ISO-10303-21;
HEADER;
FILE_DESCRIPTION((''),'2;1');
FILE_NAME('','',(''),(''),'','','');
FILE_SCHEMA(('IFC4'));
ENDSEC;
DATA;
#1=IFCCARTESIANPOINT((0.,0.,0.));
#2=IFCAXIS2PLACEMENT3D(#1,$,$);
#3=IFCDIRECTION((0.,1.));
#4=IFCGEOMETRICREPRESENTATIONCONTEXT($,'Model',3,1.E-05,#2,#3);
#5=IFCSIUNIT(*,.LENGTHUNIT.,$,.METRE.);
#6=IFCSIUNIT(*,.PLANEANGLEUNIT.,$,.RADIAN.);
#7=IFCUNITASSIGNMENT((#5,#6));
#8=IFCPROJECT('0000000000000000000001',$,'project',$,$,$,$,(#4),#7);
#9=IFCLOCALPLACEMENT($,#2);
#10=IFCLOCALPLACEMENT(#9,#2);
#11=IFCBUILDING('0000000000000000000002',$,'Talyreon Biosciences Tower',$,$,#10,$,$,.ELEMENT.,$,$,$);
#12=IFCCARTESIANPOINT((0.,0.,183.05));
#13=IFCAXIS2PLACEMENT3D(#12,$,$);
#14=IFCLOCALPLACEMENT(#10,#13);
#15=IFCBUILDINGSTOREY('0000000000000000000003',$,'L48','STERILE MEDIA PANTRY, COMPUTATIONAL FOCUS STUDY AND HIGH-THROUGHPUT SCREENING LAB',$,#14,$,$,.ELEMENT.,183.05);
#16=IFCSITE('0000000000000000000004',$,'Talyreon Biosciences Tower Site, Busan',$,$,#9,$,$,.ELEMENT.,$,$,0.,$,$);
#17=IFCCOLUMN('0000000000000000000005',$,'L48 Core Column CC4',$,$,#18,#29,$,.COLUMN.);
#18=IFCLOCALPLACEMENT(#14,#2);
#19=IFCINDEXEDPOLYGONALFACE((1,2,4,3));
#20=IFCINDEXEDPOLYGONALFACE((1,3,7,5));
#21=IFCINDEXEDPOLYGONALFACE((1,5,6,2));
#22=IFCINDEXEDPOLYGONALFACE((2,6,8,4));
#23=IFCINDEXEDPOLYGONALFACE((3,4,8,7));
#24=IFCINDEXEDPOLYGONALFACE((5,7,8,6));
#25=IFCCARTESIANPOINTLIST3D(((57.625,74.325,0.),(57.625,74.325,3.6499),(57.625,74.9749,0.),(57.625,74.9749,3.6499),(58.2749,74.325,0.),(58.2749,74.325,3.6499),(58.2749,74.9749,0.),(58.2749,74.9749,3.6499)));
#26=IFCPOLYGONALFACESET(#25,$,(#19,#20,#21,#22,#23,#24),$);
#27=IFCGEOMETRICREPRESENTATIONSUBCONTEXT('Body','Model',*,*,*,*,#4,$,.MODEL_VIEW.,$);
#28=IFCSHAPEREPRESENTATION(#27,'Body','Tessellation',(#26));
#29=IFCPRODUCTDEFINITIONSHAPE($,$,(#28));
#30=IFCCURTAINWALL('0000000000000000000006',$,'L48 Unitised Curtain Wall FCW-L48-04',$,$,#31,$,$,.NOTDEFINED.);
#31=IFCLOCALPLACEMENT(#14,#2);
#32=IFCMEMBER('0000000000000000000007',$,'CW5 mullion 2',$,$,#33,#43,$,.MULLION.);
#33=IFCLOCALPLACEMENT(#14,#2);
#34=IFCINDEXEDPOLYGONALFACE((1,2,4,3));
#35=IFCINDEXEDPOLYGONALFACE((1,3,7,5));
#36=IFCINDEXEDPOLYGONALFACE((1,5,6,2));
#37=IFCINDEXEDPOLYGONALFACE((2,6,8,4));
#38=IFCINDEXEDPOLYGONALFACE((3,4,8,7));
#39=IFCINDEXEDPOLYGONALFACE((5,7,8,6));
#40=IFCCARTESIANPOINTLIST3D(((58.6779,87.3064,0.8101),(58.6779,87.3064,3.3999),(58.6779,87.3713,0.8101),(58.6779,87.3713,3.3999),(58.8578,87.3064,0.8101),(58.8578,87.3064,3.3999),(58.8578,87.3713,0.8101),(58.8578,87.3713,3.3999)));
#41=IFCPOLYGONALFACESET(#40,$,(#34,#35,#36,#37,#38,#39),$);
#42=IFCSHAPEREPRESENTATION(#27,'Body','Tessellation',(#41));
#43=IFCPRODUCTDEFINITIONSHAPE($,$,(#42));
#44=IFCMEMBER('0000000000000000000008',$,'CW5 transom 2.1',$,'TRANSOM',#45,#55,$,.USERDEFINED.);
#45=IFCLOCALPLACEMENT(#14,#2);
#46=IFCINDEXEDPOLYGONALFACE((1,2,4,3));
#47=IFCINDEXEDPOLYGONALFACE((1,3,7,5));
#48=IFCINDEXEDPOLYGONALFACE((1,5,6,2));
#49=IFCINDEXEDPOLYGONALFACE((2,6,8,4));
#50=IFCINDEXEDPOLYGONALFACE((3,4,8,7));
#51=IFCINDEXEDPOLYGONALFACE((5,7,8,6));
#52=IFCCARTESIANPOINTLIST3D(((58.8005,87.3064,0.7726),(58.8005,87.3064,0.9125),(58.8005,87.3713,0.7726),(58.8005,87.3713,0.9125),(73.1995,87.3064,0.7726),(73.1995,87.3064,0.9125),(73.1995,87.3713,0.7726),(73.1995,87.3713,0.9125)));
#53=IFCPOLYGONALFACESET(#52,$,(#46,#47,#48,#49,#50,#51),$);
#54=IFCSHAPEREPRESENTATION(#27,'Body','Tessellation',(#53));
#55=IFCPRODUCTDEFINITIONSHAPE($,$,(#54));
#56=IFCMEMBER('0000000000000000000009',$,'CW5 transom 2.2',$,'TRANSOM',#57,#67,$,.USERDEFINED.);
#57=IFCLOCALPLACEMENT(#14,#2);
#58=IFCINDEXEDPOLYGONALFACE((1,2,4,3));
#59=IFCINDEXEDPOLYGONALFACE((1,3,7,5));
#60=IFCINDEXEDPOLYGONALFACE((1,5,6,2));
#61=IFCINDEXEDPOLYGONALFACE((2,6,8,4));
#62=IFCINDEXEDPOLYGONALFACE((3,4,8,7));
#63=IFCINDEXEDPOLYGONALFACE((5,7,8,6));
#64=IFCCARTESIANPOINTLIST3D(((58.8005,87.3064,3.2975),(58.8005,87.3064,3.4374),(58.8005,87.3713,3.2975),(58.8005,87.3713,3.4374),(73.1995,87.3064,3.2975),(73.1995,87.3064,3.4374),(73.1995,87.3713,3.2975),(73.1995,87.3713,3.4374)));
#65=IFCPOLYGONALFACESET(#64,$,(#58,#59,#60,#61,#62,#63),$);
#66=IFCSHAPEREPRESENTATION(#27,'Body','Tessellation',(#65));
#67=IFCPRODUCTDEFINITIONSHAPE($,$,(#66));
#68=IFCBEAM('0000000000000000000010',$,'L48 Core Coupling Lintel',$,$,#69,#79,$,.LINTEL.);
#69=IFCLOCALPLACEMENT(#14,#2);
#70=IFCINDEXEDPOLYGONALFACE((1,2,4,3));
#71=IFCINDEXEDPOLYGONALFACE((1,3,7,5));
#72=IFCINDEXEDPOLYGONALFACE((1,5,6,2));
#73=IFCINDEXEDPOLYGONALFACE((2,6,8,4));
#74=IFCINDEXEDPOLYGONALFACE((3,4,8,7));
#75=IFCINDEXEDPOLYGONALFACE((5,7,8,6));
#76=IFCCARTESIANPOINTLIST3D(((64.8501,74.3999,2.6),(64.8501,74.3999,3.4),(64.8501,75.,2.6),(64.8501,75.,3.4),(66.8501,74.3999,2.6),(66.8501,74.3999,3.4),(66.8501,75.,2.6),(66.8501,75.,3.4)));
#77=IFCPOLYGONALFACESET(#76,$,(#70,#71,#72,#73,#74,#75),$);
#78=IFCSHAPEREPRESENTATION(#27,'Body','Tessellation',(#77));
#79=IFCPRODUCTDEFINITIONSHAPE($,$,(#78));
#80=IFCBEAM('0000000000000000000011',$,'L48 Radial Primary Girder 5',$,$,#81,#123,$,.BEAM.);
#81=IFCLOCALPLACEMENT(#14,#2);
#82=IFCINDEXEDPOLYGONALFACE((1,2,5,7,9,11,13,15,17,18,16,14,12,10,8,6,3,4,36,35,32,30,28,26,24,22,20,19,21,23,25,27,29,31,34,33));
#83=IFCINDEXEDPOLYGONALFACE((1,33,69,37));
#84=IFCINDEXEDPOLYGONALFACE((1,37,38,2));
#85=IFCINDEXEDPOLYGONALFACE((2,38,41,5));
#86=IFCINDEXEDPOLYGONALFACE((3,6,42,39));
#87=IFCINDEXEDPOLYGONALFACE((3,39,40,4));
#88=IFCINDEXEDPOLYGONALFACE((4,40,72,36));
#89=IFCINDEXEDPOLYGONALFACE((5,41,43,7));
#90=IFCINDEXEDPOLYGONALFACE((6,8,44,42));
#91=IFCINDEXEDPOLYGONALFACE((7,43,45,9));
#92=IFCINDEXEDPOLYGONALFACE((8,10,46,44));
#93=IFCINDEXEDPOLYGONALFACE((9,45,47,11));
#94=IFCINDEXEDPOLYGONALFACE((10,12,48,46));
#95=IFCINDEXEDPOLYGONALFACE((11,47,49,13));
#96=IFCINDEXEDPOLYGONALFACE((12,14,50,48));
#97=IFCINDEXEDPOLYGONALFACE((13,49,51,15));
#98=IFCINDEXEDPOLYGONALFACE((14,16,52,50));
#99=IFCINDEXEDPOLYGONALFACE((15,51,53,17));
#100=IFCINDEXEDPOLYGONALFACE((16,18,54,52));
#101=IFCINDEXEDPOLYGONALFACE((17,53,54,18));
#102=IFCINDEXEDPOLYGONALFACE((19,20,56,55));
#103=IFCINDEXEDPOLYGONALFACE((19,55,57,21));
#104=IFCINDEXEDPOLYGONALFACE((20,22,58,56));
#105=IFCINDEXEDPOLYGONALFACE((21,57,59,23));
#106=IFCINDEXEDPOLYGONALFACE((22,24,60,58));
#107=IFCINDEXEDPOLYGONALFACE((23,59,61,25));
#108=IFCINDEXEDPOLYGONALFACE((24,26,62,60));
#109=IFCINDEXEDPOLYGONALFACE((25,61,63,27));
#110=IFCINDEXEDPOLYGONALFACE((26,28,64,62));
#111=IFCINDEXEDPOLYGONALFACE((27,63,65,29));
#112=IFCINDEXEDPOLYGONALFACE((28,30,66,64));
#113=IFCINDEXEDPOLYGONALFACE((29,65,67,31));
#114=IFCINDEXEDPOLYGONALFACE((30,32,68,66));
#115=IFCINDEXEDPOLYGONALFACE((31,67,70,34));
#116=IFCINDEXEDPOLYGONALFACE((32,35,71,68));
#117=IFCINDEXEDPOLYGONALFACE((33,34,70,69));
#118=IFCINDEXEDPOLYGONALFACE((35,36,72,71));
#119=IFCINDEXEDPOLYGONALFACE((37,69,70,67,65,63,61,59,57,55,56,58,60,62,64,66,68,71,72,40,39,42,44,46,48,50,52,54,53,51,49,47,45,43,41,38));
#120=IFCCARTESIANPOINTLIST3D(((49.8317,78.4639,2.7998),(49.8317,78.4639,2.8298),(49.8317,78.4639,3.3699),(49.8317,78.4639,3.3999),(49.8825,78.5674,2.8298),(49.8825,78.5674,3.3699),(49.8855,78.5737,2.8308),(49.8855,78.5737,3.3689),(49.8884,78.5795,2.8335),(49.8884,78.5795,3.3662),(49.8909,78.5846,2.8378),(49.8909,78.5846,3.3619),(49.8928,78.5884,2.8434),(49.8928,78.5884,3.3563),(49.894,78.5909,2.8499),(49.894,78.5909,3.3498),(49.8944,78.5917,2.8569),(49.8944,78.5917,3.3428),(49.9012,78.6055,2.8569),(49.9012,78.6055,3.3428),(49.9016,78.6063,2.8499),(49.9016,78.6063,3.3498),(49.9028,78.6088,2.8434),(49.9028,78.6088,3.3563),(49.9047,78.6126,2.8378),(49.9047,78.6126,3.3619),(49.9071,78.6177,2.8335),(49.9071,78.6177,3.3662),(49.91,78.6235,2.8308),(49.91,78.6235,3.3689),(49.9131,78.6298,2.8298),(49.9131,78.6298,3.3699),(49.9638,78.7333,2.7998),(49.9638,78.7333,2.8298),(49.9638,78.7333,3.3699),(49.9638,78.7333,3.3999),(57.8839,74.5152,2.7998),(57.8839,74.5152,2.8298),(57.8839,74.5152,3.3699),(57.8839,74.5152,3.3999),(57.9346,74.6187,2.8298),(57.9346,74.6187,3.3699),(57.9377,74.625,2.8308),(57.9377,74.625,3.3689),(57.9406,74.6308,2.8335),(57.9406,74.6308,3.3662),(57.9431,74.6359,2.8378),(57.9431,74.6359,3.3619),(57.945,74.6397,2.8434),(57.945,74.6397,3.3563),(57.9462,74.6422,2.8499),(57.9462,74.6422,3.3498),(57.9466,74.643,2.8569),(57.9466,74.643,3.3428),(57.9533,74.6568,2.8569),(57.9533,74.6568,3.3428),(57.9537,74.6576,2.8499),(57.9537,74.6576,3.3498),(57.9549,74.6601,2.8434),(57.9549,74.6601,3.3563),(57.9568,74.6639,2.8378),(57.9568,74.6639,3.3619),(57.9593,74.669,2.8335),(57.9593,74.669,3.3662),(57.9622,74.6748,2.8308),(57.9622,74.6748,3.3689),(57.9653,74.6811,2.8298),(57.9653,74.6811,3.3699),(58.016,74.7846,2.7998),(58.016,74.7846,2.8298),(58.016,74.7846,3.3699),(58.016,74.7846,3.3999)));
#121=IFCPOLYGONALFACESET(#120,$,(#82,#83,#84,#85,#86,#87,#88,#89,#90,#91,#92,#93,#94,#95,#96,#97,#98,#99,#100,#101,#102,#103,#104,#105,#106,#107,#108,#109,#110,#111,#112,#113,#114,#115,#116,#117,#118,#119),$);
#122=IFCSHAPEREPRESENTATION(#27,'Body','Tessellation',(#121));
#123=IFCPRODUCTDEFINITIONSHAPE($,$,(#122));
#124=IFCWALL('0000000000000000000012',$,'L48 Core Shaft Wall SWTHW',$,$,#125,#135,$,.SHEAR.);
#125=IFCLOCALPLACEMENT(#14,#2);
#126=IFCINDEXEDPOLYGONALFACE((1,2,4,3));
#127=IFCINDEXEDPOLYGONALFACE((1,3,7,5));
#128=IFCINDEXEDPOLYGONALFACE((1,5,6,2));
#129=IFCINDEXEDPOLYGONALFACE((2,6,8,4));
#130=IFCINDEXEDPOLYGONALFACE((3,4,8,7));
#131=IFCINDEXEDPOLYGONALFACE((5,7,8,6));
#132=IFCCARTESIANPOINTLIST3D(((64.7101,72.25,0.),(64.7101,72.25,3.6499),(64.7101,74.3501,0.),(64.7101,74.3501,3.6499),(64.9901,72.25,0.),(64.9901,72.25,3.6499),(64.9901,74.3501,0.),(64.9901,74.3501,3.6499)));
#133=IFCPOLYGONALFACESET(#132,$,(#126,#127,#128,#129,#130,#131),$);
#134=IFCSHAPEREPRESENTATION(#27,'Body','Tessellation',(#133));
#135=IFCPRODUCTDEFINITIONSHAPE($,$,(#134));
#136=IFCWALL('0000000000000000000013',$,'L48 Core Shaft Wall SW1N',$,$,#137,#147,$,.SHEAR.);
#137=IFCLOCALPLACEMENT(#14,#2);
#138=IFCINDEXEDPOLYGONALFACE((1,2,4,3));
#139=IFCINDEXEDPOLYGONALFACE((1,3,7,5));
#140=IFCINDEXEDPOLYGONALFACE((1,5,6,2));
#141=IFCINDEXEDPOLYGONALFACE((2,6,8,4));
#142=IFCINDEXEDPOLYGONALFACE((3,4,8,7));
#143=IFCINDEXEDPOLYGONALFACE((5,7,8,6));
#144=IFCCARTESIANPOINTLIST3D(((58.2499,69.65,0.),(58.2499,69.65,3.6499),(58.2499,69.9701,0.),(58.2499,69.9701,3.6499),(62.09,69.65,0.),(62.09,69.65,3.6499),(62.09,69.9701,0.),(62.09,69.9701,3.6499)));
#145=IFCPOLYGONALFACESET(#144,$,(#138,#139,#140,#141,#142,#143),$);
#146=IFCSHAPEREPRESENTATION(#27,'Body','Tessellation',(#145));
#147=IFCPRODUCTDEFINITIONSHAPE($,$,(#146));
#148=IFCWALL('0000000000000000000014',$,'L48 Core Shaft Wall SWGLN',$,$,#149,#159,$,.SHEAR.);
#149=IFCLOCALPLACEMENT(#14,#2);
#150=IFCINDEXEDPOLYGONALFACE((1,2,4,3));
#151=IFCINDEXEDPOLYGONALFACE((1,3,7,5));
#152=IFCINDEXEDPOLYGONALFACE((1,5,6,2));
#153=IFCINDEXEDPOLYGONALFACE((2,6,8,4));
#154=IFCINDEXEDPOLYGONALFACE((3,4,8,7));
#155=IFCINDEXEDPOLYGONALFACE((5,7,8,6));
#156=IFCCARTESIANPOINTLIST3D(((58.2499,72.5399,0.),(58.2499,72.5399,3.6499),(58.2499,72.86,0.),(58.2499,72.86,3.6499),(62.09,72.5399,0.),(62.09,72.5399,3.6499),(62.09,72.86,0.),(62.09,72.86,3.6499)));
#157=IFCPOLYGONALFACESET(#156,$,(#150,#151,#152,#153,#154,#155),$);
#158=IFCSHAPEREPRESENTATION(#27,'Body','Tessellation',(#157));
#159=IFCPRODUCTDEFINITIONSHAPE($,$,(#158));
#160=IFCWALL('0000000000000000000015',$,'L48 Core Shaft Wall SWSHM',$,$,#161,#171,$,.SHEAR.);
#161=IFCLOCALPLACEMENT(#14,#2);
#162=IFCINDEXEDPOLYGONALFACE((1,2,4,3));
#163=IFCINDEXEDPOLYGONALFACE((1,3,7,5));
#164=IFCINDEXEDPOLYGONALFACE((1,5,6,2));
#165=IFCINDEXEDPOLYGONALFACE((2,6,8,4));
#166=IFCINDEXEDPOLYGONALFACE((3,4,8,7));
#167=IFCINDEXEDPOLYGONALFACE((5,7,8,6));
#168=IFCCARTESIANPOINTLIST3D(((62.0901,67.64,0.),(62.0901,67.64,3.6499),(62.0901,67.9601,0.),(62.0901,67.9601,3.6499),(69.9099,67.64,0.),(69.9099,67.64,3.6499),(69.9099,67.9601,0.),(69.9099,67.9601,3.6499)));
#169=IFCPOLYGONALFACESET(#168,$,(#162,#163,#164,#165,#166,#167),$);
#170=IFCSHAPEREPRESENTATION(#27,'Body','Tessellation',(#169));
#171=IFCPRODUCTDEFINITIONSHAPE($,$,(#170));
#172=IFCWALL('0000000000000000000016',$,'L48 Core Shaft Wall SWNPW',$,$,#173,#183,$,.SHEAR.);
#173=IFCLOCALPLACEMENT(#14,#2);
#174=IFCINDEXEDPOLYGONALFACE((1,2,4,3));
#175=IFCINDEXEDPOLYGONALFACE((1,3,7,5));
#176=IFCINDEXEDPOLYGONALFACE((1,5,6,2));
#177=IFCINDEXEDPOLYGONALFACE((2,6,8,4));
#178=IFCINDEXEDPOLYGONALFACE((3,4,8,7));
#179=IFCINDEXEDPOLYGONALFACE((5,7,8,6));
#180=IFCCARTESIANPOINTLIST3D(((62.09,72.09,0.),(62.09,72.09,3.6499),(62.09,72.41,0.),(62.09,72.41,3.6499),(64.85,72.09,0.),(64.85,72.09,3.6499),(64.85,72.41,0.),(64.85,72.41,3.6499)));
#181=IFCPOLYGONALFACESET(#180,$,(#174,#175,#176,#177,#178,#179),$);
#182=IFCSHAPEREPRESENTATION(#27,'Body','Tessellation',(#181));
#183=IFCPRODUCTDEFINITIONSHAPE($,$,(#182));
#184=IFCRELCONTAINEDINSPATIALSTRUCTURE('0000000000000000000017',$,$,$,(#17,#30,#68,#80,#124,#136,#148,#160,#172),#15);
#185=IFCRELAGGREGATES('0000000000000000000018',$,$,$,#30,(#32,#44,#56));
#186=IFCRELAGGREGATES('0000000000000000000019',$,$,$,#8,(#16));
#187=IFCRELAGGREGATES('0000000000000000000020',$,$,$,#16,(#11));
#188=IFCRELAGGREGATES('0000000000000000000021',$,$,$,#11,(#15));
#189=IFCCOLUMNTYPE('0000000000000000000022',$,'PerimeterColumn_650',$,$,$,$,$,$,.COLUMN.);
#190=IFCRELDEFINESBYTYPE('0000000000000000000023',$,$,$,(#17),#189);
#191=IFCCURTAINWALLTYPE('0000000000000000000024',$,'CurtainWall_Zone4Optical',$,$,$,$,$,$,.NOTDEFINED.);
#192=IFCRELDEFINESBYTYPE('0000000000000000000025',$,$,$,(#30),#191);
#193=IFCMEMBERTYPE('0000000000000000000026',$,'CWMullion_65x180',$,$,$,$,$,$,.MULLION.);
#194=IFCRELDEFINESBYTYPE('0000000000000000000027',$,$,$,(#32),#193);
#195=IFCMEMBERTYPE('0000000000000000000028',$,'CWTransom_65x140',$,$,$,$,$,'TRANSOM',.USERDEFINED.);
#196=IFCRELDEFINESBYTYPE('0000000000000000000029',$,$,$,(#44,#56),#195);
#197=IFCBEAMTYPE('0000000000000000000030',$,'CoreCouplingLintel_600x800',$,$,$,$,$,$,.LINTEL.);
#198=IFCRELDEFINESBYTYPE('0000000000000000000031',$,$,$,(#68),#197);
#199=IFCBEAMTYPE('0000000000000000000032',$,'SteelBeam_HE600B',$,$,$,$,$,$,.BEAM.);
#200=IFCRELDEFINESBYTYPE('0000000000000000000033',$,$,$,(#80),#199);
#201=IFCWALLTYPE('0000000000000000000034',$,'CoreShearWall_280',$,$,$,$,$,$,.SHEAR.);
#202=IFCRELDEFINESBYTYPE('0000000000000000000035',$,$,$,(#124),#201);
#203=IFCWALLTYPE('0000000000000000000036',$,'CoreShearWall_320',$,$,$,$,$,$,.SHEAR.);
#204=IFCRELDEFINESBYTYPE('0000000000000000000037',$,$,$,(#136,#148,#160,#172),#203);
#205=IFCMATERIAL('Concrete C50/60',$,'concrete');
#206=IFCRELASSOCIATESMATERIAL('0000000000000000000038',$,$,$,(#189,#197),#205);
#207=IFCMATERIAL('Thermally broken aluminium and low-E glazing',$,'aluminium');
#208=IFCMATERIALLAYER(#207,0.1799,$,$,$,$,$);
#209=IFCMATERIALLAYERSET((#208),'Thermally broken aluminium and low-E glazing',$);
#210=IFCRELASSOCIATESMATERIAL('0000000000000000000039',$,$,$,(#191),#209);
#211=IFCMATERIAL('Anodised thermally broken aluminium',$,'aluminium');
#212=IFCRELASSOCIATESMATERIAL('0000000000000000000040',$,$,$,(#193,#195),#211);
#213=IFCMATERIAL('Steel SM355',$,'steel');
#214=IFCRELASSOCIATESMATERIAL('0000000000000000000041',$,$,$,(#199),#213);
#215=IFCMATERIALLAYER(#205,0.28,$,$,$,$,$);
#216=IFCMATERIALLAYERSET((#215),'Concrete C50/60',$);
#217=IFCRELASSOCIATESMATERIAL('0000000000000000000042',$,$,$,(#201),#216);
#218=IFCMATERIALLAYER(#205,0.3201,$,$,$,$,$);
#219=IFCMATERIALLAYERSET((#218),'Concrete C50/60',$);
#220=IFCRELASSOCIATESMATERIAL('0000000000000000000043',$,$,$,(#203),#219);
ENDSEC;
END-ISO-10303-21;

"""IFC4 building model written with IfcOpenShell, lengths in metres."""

from ifc_helpers import new_model, si_unit, direction, frame, frame_2d, origin, origin_2d, place, context, subcontext, project, spatial, rectangle, i_section, extrude, material, layer, layer_set, material_profile, profile_set, type_object, element, aggregate, save


model = new_model("IFC4")

# Units and contexts
model_context = context("Model", 3, precision=1e-05, world=origin(), true_north=direction((0.0, 1.0)))
body_context = subcontext(model_context, "Body", "Model", "MODEL_VIEW")
ifc_project = project(units=[si_unit("LENGTHUNIT", "METRE"), si_unit("PLANEANGLEUNIT", "RADIAN")], contexts=[model_context])

# Site, building, storey
site_placement = place(None, origin())
site = spatial("IfcSite", under=ifc_project, at=site_placement, Name="Talyreon Biosciences Tower Site, Busan", CompositionType="ELEMENT", RefElevation=0.0)
building_placement = place(site_placement, origin())
building = spatial("IfcBuilding", under=site, at=building_placement, Name="Talyreon Biosciences Tower", CompositionType="ELEMENT")
storey_placement = place(building_placement, frame((0.0, 0.0, 183.05)))
storey = spatial("IfcBuildingStorey", under=building, at=storey_placement, Name="L48", Description="STERILE MEDIA PANTRY, COMPUTATIONAL FOCUS STUDY AND HIGH-THROUGHPUT SCREENING LAB", CompositionType="ELEMENT", Elevation=183.05)

# Column
ifc_material_1 = material(Name="Concrete C50/60", Category="concrete")
ifc_material_profile_1 = material_profile(ifc_material_1, rectangle(XDim=0.6499, YDim=0.6499, at=origin_2d()), Name="RC 650x650")
ifc_profile_set_1 = profile_set([ifc_material_profile_1], Name="Concrete C50/60")
column_type = type_object("IfcColumnType", Name="PerimeterColumn_650", PredefinedType="COLUMN", material=ifc_profile_set_1)
column_placement = place(storey_placement, frame((57.95, 74.6499, 0.0), z_axis=(0.0, 0.0, 1.0), x_axis=(1.0, 0.0, 0.0)))
element("IfcColumn", 1, at=column_placement, inside=storey, type_object=column_type, Name="L48 Core Column CC4", PredefinedType="COLUMN", context=body_context, shape_type="SweptSolid", body=[
    extrude(rectangle(XDim=0.6499, YDim=0.6499, at=origin_2d()), origin(), (0.0, 0.0, 1.0), 3.6499),
])

# Curtain wall, members
ifc_material_2 = material(Name="Thermally broken aluminium and low-E glazing", Category="aluminium")
ifc_layer_1 = layer(ifc_material_2, 0.1799)
ifc_layer_set_1 = layer_set([ifc_layer_1], Name="Thermally broken aluminium and low-E glazing")
curtain_wall_type = type_object("IfcCurtainWallType", Name="CurtainWall_Zone4Optical", PredefinedType="NOTDEFINED", material=ifc_layer_set_1)
curtain_wall_placement = place(storey_placement, origin())
curtain_wall = element("IfcCurtainWall", 2, at=curtain_wall_placement, inside=storey, type_object=curtain_wall_type, Name="L48 Unitised Curtain Wall FCW-L48-04", PredefinedType="NOTDEFINED")
ifc_material_3 = material(Name="Anodised thermally broken aluminium", Category="aluminium")
ifc_material_profile_2 = material_profile(ifc_material_3, rectangle(XDim=0.0649, YDim=0.1799, at=origin_2d()), Name="ALUM MULLION 65x180")
ifc_profile_set_2 = profile_set([ifc_material_profile_2], Name="Anodised thermally broken aluminium")
member_type_1 = type_object("IfcMemberType", Name="CWMullion_65x180", PredefinedType="MULLION", material=ifc_profile_set_2)
member_1_placement = place(storey_placement, frame((58.7678, 87.3389, 0.8101), z_axis=(0.0, 0.0, 1.0), x_axis=(0.0, 1.0, 0.0)))
member_1 = element("IfcMember", 3, at=member_1_placement, type_object=member_type_1, Name="CW5 mullion 2", PredefinedType="MULLION", context=body_context, shape_type="SweptSolid", body=[
    extrude(rectangle(XDim=0.0649, YDim=0.1799, at=origin_2d()), origin(), (0.0, 0.0, 1.0), 2.5898),
])
ifc_material_profile_3 = material_profile(ifc_material_3, rectangle(XDim=0.0649, YDim=0.1399, at=origin_2d()), Name="ALUM TRANSOM 65x140")
ifc_profile_set_3 = profile_set([ifc_material_profile_3], Name="Anodised thermally broken aluminium")
member_type_2 = type_object("IfcMemberType", Name="CWTransom_65x140", ElementType="TRANSOM", PredefinedType="USERDEFINED", material=ifc_profile_set_3)
member_2_placement = place(storey_placement, frame((58.8005, 87.3389, 0.8425), z_axis=(1.0, 0.0, 0.0), x_axis=(0.0, 1.0, 0.0)))
member_2 = element("IfcMember", 4, at=member_2_placement, type_object=member_type_2, Name="CW5 transom 2.1", ObjectType="TRANSOM", PredefinedType="USERDEFINED", context=body_context, shape_type="SweptSolid", body=[
    extrude(rectangle(XDim=0.0649, YDim=0.1399, at=origin_2d()), origin(), (0.0, 0.0, 1.0), 14.3989),
])
member_3_placement = place(storey_placement, frame((58.8005, 87.3389, 3.3674), z_axis=(1.0, 0.0, 0.0), x_axis=(0.0, 1.0, 0.0)))
member_3 = element("IfcMember", 5, at=member_3_placement, type_object=member_type_2, Name="CW5 transom 2.2", ObjectType="TRANSOM", PredefinedType="USERDEFINED", context=body_context, shape_type="SweptSolid", body=[
    extrude(rectangle(XDim=0.0649, YDim=0.1399, at=origin_2d()), origin(), (0.0, 0.0, 1.0), 14.3989),
])
aggregate(curtain_wall, [member_1, member_2, member_3])

# Beams
ifc_material_profile_4 = material_profile(ifc_material_1, rectangle(XDim=0.6001, YDim=0.8, at=origin_2d()), Name="RCB 600x800")
ifc_profile_set_4 = profile_set([ifc_material_profile_4], Name="Concrete C50/60")
beam_type_1 = type_object("IfcBeamType", Name="CoreCouplingLintel_600x800", PredefinedType="LINTEL", material=ifc_profile_set_4)
beam_1_placement = place(storey_placement, frame((64.8501, 74.7, 3.0), z_axis=(1.0, 0.0, 0.0), x_axis=(0.0, 1.0, 0.0)))
element("IfcBeam", 6, at=beam_1_placement, inside=storey, type_object=beam_type_1, Name="L48 Core Coupling Lintel", PredefinedType="LINTEL", context=body_context, shape_type="SweptSolid", body=[
    extrude(rectangle(XDim=0.6001, YDim=0.8, at=origin_2d()), origin(), (0.0, 0.0, 1.0), 2.0),
])
ifc_material_4 = material(Name="Steel SM355", Category="steel")
ifc_material_profile_5 = material_profile(ifc_material_4, i_section(OverallWidth=0.3, OverallDepth=0.6001, WebThickness=0.0154, FlangeThickness=0.03, FilletRadius=0.0271, at=origin_2d()), Name="HE600B")
ifc_profile_set_5 = profile_set([ifc_material_profile_5], Name="Steel SM355")
beam_type_2 = type_object("IfcBeamType", Name="SteelBeam_HE600B", PredefinedType="BEAM", material=ifc_profile_set_5)
beam_2_placement = place(storey_placement, frame((57.95, 74.6499, 3.0999), z_axis=(-0.897852, 0.440297, 0.0), x_axis=(-0.440297, -0.897852, 0.0)))
element("IfcBeam", 7, at=beam_2_placement, inside=storey, type_object=beam_type_2, Name="L48 Radial Primary Girder 5", PredefinedType="BEAM", context=body_context, shape_type="SweptSolid", body=[
    extrude(i_section(OverallWidth=0.3, OverallDepth=0.6001, WebThickness=0.0154, FlangeThickness=0.03, FilletRadius=0.0271, at=origin_2d()), origin(), (0.0, 0.0, 1.0), 8.9683),
])

# Walls
ifc_layer_2 = layer(ifc_material_1, 0.28)
ifc_layer_set_2 = layer_set([ifc_layer_2], Name="Concrete C50/60")
wall_type_1 = type_object("IfcWallType", Name="CoreShearWall_280", PredefinedType="SHEAR", material=ifc_layer_set_2)
wall_1_placement = place(storey_placement, frame((64.8501, 72.25, 0.0), z_axis=(0.0, 0.0, 1.0), x_axis=(0.0, 1.0, 0.0)))
element("IfcWall", 8, at=wall_1_placement, inside=storey, type_object=wall_type_1, Name="L48 Core Shaft Wall SWTHW", PredefinedType="SHEAR", context=body_context, shape_type="SweptSolid", body=[
    extrude(rectangle(XDim=2.1001, YDim=0.28, at=frame_2d((1.05, 0.0))), origin(), (0.0, 0.0, 1.0), 3.6499),
])
ifc_layer_3 = layer(ifc_material_1, 0.3201)
ifc_layer_set_3 = layer_set([ifc_layer_3], Name="Concrete C50/60")
wall_type_2 = type_object("IfcWallType", Name="CoreShearWall_320", PredefinedType="SHEAR", material=ifc_layer_set_3)
for number, where, z_axis, x_axis, name in (
    (9, (58.25, 69.8101, 0.0), (0.0, 0.0, 1.0), (1.0, 0.0, 0.0), "L48 Core Shaft Wall SW1N"),
    (10, (58.25, 72.7, 0.0), (0.0, 0.0, 1.0), (1.0, 0.0, 0.0), "L48 Core Shaft Wall SWGLN"),
):
    element("IfcWall", number, at=place(storey_placement, frame(where, z_axis=z_axis, x_axis=x_axis)), inside=storey, type_object=wall_type_2, Name=name, PredefinedType="SHEAR", context=body_context, shape_type="SweptSolid", body=[
        extrude(rectangle(XDim=3.8401, YDim=0.3201, at=frame_2d((1.9199, 0.0))), origin(), (0.0, 0.0, 1.0), 3.6499),
    ])
wall_2_placement = place(storey_placement, frame((62.0901, 67.8, 0.0), z_axis=(0.0, 0.0, 1.0), x_axis=(1.0, 0.0, 0.0)))
element("IfcWall", 11, at=wall_2_placement, inside=storey, type_object=wall_type_2, Name="L48 Core Shaft Wall SWSHM", PredefinedType="SHEAR", context=body_context, shape_type="SweptSolid", body=[
    extrude(rectangle(XDim=7.8198, YDim=0.3201, at=frame_2d((3.9099, 0.0))), origin(), (0.0, 0.0, 1.0), 3.6499),
])

# Wall
wall_3_placement = place(storey_placement, frame((62.0901, 72.25, 0.0), z_axis=(0.0, 0.0, 1.0), x_axis=(1.0, 0.0, 0.0)))
element("IfcWall", 12, at=wall_3_placement, inside=storey, type_object=wall_type_2, Name="L48 Core Shaft Wall SWNPW", PredefinedType="SHEAR", context=body_context, shape_type="SweptSolid", body=[
    extrude(rectangle(XDim=2.76, YDim=0.3201, at=frame_2d((1.3799, 0.0))), origin(), (0.0, 0.0, 1.0), 3.6499),
])

save(model, "model.ifc")
